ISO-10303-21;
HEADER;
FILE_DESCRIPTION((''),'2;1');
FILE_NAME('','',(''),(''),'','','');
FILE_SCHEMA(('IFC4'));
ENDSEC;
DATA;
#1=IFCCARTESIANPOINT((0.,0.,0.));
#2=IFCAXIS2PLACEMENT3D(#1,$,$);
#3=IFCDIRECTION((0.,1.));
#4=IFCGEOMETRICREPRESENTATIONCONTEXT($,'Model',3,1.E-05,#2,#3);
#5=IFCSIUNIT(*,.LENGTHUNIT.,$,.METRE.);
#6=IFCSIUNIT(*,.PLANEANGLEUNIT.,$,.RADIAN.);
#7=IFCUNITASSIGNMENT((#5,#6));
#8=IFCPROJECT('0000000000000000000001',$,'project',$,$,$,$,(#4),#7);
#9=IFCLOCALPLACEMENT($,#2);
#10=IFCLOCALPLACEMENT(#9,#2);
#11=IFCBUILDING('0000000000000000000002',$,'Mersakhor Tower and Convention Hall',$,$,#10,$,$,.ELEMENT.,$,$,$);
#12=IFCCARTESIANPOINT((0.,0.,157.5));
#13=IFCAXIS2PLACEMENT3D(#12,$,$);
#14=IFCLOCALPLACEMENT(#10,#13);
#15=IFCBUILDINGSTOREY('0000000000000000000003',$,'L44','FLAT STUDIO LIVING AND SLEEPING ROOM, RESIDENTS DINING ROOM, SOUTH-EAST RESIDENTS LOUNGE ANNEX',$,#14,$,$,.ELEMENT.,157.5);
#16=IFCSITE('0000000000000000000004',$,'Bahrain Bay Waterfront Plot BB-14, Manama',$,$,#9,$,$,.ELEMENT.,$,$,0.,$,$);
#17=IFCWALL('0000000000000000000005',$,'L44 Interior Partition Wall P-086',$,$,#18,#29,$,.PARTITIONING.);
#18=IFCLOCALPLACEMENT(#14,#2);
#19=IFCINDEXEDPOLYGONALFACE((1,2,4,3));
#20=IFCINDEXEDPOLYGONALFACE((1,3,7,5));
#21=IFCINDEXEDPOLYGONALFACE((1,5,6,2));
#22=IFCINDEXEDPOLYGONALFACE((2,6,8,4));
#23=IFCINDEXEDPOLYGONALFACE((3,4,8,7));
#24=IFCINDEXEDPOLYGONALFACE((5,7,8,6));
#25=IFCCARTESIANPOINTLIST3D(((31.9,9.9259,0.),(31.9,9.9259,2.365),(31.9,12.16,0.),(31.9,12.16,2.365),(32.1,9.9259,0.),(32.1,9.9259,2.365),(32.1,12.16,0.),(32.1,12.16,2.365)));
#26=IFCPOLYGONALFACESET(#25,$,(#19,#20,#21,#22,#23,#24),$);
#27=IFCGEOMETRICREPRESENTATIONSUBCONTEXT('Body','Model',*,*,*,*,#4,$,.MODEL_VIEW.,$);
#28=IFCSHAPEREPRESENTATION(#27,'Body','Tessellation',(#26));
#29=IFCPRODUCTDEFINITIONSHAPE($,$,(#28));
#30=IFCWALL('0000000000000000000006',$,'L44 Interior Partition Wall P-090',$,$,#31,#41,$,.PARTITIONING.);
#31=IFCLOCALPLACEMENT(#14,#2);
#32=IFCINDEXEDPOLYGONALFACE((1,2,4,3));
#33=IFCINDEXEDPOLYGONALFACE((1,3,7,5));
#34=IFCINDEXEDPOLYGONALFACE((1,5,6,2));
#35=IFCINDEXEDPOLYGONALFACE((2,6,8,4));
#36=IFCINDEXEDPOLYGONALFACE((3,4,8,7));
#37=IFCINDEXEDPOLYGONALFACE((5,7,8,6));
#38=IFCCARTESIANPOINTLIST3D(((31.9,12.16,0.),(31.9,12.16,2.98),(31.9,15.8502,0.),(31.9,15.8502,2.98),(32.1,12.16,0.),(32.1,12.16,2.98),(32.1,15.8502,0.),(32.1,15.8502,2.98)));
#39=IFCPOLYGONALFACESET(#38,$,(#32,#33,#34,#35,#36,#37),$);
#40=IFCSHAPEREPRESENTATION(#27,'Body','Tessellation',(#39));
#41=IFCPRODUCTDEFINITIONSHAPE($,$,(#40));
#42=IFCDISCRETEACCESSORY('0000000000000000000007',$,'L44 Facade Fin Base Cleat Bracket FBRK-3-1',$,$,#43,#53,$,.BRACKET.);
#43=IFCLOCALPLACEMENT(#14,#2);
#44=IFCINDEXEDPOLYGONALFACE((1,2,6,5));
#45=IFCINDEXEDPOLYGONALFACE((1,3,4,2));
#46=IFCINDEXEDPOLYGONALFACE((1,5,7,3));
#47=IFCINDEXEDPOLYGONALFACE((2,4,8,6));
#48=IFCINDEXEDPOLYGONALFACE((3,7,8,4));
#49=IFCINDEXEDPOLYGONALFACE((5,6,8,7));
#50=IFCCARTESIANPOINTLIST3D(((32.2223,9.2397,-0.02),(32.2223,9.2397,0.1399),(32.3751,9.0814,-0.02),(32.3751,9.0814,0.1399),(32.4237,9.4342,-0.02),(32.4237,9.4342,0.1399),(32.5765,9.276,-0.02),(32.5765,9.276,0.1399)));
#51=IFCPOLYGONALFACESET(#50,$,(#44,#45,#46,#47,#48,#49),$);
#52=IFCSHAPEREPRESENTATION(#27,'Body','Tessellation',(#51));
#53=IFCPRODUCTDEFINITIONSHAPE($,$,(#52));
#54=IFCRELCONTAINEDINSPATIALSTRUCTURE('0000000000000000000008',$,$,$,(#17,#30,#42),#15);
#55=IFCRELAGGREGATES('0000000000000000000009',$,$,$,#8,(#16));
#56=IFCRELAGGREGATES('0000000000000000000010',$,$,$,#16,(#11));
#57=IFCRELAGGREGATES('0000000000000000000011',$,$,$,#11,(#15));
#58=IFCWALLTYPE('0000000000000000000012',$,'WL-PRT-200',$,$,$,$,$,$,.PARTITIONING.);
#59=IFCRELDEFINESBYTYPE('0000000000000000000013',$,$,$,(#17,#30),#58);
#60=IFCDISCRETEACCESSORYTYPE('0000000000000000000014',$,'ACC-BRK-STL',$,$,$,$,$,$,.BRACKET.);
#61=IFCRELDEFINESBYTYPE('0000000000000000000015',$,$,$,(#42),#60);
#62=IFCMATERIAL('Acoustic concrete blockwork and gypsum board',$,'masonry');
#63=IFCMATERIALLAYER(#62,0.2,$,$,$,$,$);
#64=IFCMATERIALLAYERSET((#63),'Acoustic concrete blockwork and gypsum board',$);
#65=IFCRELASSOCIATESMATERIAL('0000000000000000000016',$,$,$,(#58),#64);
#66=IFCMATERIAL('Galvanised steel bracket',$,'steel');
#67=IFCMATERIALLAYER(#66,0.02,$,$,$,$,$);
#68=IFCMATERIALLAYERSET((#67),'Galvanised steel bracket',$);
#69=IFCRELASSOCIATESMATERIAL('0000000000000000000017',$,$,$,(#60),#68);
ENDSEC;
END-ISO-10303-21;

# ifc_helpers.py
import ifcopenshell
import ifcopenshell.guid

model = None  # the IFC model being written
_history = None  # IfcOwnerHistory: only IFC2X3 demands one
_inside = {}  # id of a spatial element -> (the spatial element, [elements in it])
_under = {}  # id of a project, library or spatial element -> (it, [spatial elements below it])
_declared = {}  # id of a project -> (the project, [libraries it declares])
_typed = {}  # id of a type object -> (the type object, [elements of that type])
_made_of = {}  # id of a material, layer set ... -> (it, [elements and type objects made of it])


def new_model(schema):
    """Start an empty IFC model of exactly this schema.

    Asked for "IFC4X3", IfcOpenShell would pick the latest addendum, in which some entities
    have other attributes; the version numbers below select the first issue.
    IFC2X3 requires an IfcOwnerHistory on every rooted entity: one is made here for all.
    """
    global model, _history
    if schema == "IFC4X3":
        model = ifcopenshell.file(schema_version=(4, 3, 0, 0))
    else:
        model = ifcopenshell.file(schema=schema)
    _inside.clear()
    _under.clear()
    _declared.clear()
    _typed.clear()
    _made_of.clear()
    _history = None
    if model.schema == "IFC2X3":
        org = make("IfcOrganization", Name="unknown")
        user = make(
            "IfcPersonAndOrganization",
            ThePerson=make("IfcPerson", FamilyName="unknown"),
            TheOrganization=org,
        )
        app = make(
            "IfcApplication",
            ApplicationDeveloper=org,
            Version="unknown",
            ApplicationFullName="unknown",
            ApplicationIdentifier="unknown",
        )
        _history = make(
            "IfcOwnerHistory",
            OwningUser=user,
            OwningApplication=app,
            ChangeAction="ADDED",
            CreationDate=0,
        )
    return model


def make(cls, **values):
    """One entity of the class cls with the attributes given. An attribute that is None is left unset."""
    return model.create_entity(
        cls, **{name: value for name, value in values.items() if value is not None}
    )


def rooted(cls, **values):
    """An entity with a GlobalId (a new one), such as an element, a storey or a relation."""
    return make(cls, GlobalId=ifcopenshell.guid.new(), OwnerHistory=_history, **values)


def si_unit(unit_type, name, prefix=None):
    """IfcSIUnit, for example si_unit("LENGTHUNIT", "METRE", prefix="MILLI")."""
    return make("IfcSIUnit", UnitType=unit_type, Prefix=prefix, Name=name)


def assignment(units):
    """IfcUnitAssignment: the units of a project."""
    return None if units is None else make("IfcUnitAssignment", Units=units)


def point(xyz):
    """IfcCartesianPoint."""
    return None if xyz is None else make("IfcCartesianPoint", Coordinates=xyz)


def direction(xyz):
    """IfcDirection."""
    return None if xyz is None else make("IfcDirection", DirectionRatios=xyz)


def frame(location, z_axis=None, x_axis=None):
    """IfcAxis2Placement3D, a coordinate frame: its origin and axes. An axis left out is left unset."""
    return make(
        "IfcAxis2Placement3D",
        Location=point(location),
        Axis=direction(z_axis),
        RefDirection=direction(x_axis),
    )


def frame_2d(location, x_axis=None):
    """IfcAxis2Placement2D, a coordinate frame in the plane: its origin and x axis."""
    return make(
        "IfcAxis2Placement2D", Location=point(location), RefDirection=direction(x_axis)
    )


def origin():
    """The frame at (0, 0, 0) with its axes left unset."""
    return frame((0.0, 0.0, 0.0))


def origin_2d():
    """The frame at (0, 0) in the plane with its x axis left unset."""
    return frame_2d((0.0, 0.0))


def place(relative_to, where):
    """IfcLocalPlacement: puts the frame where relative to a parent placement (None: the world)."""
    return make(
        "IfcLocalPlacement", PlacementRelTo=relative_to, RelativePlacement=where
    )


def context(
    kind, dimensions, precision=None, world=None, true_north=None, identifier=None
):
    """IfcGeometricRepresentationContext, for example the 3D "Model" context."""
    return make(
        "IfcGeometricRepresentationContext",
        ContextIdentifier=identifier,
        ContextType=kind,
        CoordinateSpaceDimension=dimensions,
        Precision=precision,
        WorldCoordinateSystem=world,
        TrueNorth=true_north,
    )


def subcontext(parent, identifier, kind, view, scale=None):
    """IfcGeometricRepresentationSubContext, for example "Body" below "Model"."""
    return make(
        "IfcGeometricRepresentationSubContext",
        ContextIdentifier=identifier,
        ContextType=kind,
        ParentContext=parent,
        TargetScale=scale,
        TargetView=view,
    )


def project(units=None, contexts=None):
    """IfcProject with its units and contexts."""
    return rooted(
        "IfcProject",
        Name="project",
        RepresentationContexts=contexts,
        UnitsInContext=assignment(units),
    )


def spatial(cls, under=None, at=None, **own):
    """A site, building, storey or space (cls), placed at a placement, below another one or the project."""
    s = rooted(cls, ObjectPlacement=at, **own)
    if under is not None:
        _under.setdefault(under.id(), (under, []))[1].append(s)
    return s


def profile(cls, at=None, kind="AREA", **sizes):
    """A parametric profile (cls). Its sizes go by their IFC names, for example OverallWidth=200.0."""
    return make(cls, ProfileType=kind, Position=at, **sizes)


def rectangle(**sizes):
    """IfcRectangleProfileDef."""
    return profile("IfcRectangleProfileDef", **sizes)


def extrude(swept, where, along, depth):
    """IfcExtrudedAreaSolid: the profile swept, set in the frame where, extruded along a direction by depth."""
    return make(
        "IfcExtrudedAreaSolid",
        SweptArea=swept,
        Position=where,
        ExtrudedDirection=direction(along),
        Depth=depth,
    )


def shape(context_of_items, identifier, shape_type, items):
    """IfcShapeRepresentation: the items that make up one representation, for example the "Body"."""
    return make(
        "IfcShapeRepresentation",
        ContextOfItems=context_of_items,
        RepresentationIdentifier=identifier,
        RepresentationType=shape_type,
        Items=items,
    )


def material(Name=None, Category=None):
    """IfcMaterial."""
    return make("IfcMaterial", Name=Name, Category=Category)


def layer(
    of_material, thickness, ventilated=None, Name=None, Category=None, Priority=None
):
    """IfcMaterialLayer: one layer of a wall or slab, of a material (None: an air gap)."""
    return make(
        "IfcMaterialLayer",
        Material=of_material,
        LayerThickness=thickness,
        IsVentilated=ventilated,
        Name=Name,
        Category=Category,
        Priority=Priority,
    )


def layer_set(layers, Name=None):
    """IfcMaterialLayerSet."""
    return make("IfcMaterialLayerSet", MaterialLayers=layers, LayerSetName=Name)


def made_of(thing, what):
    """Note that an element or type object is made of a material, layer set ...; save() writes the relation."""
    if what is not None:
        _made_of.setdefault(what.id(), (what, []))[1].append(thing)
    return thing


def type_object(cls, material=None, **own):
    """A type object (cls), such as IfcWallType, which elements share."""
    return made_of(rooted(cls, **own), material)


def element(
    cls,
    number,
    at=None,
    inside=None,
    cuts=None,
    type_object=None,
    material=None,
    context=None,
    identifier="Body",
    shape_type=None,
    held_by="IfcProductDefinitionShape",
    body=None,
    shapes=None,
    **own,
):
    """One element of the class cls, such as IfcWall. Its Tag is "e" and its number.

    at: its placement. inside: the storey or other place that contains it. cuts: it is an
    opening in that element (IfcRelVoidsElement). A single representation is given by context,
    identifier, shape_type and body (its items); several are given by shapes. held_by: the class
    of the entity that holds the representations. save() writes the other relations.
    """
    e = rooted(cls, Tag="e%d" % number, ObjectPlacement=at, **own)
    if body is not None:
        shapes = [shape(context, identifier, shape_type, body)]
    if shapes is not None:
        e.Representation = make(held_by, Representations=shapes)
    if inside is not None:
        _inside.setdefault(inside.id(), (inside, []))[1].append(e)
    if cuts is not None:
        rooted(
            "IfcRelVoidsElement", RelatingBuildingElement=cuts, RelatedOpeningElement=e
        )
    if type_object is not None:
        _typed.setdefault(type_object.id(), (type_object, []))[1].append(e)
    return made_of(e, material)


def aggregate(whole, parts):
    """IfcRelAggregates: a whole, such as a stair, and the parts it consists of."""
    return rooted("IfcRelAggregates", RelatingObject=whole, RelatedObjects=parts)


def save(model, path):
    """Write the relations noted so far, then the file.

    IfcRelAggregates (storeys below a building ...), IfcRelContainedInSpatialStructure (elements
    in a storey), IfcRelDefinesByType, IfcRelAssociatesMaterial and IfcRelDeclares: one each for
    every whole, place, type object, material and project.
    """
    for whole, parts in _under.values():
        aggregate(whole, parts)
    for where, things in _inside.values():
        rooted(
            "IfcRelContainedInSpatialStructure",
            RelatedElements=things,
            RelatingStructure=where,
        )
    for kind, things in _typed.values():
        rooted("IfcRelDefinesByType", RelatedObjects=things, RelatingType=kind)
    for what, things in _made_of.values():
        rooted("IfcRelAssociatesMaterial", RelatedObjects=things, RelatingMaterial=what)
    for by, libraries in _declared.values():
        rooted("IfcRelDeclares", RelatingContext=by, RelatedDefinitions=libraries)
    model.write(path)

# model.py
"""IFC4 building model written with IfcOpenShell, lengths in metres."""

from ifc_helpers import new_model, si_unit, direction, frame, frame_2d, origin, origin_2d, place, context, subcontext, project, spatial, rectangle, extrude, material, layer, layer_set, type_object, element, save


model = new_model("IFC4")

# Units and contexts
model_context = context("Model", 3, precision=1e-05, world=origin(), true_north=direction((0.0, 1.0)))
body_context = subcontext(model_context, "Body", "Model", "MODEL_VIEW")
ifc_project = project(units=[si_unit("LENGTHUNIT", "METRE"), si_unit("PLANEANGLEUNIT", "RADIAN")], contexts=[model_context])

# Site, building, storey
site_placement = place(None, origin())
site = spatial("IfcSite", under=ifc_project, at=site_placement, Name="Bahrain Bay Waterfront Plot BB-14, Manama", CompositionType="ELEMENT", RefElevation=0.0)
building_placement = place(site_placement, origin())
building = spatial("IfcBuilding", under=site, at=building_placement, Name="Mersakhor Tower and Convention Hall", CompositionType="ELEMENT")
storey_placement = place(building_placement, frame((0.0, 0.0, 157.5)))
storey = spatial("IfcBuildingStorey", under=building, at=storey_placement, Name="L44", Description="FLAT STUDIO LIVING AND SLEEPING ROOM, RESIDENTS DINING ROOM, SOUTH-EAST RESIDENTS LOUNGE ANNEX", CompositionType="ELEMENT", Elevation=157.5)

# Shared definitions
ifc_material_1 = material(Name="Acoustic concrete blockwork and gypsum board", Category="masonry")
ifc_layer_1 = layer(ifc_material_1, 0.2)
ifc_layer_set_1 = layer_set([ifc_layer_1], Name="Acoustic concrete blockwork and gypsum board")
wall_type_1 = type_object("IfcWallType", Name="WL-PRT-200", PredefinedType="PARTITIONING", material=ifc_layer_set_1)

# Walls
wall_1_placement = place(storey_placement, frame((32.0, 9.9258, 0.0), z_axis=(0.0, 0.0, 1.0), x_axis=(0.0, 1.0, 0.0)))
element("IfcWall", 1, at=wall_1_placement, inside=storey, type_object=wall_type_1, Name="L44 Interior Partition Wall P-086", PredefinedType="PARTITIONING", context=body_context, shape_type="SweptSolid", body=[
    extrude(rectangle(XDim=2.2341, YDim=0.2, at=frame_2d((1.1172, 0.0))), origin(), (0.0, 0.0, 1.0), 2.365),
])
wall_2_placement = place(storey_placement, frame((32.0, 12.1599, 0.0), z_axis=(0.0, 0.0, 1.0), x_axis=(0.0, 1.0, 0.0)))
element("IfcWall", 2, at=wall_2_placement, inside=storey, type_object=wall_type_1, Name="L44 Interior Partition Wall P-090", PredefinedType="PARTITIONING", context=body_context, shape_type="SweptSolid", body=[
    extrude(rectangle(XDim=3.6902, YDim=0.2, at=frame_2d((1.8452, 0.0))), origin(), (0.0, 0.0, 1.0), 2.98),
])

# Discrete accessory
ifc_material_2 = material(Name="Galvanised steel bracket", Category="steel")
ifc_layer_2 = layer(ifc_material_2, 0.02)
ifc_layer_set_2 = layer_set([ifc_layer_2], Name="Galvanised steel bracket")
discrete_accessory_type = type_object("IfcDiscreteAccessoryType", Name="ACC-BRK-STL", PredefinedType="BRACKET", material=ifc_layer_set_2)
discrete_accessory_placement = place(storey_placement, frame((32.3994, 9.2578, -0.02), z_axis=(0.0, 0.0, 1.0), x_axis=(-0.71934, -0.694658, 0.0)))
element("IfcDiscreteAccessory", 3, at=discrete_accessory_placement, inside=storey, type_object=discrete_accessory_type, Name="L44 Facade Fin Base Cleat Bracket FBRK-3-1", PredefinedType="BRACKET", context=body_context, shape_type="SweptSolid", body=[
    extrude(rectangle(XDim=0.28, YDim=0.22, at=origin_2d()), origin(), (0.0, 0.0, 1.0), 0.1599),
])

save(model, "model.ifc")
